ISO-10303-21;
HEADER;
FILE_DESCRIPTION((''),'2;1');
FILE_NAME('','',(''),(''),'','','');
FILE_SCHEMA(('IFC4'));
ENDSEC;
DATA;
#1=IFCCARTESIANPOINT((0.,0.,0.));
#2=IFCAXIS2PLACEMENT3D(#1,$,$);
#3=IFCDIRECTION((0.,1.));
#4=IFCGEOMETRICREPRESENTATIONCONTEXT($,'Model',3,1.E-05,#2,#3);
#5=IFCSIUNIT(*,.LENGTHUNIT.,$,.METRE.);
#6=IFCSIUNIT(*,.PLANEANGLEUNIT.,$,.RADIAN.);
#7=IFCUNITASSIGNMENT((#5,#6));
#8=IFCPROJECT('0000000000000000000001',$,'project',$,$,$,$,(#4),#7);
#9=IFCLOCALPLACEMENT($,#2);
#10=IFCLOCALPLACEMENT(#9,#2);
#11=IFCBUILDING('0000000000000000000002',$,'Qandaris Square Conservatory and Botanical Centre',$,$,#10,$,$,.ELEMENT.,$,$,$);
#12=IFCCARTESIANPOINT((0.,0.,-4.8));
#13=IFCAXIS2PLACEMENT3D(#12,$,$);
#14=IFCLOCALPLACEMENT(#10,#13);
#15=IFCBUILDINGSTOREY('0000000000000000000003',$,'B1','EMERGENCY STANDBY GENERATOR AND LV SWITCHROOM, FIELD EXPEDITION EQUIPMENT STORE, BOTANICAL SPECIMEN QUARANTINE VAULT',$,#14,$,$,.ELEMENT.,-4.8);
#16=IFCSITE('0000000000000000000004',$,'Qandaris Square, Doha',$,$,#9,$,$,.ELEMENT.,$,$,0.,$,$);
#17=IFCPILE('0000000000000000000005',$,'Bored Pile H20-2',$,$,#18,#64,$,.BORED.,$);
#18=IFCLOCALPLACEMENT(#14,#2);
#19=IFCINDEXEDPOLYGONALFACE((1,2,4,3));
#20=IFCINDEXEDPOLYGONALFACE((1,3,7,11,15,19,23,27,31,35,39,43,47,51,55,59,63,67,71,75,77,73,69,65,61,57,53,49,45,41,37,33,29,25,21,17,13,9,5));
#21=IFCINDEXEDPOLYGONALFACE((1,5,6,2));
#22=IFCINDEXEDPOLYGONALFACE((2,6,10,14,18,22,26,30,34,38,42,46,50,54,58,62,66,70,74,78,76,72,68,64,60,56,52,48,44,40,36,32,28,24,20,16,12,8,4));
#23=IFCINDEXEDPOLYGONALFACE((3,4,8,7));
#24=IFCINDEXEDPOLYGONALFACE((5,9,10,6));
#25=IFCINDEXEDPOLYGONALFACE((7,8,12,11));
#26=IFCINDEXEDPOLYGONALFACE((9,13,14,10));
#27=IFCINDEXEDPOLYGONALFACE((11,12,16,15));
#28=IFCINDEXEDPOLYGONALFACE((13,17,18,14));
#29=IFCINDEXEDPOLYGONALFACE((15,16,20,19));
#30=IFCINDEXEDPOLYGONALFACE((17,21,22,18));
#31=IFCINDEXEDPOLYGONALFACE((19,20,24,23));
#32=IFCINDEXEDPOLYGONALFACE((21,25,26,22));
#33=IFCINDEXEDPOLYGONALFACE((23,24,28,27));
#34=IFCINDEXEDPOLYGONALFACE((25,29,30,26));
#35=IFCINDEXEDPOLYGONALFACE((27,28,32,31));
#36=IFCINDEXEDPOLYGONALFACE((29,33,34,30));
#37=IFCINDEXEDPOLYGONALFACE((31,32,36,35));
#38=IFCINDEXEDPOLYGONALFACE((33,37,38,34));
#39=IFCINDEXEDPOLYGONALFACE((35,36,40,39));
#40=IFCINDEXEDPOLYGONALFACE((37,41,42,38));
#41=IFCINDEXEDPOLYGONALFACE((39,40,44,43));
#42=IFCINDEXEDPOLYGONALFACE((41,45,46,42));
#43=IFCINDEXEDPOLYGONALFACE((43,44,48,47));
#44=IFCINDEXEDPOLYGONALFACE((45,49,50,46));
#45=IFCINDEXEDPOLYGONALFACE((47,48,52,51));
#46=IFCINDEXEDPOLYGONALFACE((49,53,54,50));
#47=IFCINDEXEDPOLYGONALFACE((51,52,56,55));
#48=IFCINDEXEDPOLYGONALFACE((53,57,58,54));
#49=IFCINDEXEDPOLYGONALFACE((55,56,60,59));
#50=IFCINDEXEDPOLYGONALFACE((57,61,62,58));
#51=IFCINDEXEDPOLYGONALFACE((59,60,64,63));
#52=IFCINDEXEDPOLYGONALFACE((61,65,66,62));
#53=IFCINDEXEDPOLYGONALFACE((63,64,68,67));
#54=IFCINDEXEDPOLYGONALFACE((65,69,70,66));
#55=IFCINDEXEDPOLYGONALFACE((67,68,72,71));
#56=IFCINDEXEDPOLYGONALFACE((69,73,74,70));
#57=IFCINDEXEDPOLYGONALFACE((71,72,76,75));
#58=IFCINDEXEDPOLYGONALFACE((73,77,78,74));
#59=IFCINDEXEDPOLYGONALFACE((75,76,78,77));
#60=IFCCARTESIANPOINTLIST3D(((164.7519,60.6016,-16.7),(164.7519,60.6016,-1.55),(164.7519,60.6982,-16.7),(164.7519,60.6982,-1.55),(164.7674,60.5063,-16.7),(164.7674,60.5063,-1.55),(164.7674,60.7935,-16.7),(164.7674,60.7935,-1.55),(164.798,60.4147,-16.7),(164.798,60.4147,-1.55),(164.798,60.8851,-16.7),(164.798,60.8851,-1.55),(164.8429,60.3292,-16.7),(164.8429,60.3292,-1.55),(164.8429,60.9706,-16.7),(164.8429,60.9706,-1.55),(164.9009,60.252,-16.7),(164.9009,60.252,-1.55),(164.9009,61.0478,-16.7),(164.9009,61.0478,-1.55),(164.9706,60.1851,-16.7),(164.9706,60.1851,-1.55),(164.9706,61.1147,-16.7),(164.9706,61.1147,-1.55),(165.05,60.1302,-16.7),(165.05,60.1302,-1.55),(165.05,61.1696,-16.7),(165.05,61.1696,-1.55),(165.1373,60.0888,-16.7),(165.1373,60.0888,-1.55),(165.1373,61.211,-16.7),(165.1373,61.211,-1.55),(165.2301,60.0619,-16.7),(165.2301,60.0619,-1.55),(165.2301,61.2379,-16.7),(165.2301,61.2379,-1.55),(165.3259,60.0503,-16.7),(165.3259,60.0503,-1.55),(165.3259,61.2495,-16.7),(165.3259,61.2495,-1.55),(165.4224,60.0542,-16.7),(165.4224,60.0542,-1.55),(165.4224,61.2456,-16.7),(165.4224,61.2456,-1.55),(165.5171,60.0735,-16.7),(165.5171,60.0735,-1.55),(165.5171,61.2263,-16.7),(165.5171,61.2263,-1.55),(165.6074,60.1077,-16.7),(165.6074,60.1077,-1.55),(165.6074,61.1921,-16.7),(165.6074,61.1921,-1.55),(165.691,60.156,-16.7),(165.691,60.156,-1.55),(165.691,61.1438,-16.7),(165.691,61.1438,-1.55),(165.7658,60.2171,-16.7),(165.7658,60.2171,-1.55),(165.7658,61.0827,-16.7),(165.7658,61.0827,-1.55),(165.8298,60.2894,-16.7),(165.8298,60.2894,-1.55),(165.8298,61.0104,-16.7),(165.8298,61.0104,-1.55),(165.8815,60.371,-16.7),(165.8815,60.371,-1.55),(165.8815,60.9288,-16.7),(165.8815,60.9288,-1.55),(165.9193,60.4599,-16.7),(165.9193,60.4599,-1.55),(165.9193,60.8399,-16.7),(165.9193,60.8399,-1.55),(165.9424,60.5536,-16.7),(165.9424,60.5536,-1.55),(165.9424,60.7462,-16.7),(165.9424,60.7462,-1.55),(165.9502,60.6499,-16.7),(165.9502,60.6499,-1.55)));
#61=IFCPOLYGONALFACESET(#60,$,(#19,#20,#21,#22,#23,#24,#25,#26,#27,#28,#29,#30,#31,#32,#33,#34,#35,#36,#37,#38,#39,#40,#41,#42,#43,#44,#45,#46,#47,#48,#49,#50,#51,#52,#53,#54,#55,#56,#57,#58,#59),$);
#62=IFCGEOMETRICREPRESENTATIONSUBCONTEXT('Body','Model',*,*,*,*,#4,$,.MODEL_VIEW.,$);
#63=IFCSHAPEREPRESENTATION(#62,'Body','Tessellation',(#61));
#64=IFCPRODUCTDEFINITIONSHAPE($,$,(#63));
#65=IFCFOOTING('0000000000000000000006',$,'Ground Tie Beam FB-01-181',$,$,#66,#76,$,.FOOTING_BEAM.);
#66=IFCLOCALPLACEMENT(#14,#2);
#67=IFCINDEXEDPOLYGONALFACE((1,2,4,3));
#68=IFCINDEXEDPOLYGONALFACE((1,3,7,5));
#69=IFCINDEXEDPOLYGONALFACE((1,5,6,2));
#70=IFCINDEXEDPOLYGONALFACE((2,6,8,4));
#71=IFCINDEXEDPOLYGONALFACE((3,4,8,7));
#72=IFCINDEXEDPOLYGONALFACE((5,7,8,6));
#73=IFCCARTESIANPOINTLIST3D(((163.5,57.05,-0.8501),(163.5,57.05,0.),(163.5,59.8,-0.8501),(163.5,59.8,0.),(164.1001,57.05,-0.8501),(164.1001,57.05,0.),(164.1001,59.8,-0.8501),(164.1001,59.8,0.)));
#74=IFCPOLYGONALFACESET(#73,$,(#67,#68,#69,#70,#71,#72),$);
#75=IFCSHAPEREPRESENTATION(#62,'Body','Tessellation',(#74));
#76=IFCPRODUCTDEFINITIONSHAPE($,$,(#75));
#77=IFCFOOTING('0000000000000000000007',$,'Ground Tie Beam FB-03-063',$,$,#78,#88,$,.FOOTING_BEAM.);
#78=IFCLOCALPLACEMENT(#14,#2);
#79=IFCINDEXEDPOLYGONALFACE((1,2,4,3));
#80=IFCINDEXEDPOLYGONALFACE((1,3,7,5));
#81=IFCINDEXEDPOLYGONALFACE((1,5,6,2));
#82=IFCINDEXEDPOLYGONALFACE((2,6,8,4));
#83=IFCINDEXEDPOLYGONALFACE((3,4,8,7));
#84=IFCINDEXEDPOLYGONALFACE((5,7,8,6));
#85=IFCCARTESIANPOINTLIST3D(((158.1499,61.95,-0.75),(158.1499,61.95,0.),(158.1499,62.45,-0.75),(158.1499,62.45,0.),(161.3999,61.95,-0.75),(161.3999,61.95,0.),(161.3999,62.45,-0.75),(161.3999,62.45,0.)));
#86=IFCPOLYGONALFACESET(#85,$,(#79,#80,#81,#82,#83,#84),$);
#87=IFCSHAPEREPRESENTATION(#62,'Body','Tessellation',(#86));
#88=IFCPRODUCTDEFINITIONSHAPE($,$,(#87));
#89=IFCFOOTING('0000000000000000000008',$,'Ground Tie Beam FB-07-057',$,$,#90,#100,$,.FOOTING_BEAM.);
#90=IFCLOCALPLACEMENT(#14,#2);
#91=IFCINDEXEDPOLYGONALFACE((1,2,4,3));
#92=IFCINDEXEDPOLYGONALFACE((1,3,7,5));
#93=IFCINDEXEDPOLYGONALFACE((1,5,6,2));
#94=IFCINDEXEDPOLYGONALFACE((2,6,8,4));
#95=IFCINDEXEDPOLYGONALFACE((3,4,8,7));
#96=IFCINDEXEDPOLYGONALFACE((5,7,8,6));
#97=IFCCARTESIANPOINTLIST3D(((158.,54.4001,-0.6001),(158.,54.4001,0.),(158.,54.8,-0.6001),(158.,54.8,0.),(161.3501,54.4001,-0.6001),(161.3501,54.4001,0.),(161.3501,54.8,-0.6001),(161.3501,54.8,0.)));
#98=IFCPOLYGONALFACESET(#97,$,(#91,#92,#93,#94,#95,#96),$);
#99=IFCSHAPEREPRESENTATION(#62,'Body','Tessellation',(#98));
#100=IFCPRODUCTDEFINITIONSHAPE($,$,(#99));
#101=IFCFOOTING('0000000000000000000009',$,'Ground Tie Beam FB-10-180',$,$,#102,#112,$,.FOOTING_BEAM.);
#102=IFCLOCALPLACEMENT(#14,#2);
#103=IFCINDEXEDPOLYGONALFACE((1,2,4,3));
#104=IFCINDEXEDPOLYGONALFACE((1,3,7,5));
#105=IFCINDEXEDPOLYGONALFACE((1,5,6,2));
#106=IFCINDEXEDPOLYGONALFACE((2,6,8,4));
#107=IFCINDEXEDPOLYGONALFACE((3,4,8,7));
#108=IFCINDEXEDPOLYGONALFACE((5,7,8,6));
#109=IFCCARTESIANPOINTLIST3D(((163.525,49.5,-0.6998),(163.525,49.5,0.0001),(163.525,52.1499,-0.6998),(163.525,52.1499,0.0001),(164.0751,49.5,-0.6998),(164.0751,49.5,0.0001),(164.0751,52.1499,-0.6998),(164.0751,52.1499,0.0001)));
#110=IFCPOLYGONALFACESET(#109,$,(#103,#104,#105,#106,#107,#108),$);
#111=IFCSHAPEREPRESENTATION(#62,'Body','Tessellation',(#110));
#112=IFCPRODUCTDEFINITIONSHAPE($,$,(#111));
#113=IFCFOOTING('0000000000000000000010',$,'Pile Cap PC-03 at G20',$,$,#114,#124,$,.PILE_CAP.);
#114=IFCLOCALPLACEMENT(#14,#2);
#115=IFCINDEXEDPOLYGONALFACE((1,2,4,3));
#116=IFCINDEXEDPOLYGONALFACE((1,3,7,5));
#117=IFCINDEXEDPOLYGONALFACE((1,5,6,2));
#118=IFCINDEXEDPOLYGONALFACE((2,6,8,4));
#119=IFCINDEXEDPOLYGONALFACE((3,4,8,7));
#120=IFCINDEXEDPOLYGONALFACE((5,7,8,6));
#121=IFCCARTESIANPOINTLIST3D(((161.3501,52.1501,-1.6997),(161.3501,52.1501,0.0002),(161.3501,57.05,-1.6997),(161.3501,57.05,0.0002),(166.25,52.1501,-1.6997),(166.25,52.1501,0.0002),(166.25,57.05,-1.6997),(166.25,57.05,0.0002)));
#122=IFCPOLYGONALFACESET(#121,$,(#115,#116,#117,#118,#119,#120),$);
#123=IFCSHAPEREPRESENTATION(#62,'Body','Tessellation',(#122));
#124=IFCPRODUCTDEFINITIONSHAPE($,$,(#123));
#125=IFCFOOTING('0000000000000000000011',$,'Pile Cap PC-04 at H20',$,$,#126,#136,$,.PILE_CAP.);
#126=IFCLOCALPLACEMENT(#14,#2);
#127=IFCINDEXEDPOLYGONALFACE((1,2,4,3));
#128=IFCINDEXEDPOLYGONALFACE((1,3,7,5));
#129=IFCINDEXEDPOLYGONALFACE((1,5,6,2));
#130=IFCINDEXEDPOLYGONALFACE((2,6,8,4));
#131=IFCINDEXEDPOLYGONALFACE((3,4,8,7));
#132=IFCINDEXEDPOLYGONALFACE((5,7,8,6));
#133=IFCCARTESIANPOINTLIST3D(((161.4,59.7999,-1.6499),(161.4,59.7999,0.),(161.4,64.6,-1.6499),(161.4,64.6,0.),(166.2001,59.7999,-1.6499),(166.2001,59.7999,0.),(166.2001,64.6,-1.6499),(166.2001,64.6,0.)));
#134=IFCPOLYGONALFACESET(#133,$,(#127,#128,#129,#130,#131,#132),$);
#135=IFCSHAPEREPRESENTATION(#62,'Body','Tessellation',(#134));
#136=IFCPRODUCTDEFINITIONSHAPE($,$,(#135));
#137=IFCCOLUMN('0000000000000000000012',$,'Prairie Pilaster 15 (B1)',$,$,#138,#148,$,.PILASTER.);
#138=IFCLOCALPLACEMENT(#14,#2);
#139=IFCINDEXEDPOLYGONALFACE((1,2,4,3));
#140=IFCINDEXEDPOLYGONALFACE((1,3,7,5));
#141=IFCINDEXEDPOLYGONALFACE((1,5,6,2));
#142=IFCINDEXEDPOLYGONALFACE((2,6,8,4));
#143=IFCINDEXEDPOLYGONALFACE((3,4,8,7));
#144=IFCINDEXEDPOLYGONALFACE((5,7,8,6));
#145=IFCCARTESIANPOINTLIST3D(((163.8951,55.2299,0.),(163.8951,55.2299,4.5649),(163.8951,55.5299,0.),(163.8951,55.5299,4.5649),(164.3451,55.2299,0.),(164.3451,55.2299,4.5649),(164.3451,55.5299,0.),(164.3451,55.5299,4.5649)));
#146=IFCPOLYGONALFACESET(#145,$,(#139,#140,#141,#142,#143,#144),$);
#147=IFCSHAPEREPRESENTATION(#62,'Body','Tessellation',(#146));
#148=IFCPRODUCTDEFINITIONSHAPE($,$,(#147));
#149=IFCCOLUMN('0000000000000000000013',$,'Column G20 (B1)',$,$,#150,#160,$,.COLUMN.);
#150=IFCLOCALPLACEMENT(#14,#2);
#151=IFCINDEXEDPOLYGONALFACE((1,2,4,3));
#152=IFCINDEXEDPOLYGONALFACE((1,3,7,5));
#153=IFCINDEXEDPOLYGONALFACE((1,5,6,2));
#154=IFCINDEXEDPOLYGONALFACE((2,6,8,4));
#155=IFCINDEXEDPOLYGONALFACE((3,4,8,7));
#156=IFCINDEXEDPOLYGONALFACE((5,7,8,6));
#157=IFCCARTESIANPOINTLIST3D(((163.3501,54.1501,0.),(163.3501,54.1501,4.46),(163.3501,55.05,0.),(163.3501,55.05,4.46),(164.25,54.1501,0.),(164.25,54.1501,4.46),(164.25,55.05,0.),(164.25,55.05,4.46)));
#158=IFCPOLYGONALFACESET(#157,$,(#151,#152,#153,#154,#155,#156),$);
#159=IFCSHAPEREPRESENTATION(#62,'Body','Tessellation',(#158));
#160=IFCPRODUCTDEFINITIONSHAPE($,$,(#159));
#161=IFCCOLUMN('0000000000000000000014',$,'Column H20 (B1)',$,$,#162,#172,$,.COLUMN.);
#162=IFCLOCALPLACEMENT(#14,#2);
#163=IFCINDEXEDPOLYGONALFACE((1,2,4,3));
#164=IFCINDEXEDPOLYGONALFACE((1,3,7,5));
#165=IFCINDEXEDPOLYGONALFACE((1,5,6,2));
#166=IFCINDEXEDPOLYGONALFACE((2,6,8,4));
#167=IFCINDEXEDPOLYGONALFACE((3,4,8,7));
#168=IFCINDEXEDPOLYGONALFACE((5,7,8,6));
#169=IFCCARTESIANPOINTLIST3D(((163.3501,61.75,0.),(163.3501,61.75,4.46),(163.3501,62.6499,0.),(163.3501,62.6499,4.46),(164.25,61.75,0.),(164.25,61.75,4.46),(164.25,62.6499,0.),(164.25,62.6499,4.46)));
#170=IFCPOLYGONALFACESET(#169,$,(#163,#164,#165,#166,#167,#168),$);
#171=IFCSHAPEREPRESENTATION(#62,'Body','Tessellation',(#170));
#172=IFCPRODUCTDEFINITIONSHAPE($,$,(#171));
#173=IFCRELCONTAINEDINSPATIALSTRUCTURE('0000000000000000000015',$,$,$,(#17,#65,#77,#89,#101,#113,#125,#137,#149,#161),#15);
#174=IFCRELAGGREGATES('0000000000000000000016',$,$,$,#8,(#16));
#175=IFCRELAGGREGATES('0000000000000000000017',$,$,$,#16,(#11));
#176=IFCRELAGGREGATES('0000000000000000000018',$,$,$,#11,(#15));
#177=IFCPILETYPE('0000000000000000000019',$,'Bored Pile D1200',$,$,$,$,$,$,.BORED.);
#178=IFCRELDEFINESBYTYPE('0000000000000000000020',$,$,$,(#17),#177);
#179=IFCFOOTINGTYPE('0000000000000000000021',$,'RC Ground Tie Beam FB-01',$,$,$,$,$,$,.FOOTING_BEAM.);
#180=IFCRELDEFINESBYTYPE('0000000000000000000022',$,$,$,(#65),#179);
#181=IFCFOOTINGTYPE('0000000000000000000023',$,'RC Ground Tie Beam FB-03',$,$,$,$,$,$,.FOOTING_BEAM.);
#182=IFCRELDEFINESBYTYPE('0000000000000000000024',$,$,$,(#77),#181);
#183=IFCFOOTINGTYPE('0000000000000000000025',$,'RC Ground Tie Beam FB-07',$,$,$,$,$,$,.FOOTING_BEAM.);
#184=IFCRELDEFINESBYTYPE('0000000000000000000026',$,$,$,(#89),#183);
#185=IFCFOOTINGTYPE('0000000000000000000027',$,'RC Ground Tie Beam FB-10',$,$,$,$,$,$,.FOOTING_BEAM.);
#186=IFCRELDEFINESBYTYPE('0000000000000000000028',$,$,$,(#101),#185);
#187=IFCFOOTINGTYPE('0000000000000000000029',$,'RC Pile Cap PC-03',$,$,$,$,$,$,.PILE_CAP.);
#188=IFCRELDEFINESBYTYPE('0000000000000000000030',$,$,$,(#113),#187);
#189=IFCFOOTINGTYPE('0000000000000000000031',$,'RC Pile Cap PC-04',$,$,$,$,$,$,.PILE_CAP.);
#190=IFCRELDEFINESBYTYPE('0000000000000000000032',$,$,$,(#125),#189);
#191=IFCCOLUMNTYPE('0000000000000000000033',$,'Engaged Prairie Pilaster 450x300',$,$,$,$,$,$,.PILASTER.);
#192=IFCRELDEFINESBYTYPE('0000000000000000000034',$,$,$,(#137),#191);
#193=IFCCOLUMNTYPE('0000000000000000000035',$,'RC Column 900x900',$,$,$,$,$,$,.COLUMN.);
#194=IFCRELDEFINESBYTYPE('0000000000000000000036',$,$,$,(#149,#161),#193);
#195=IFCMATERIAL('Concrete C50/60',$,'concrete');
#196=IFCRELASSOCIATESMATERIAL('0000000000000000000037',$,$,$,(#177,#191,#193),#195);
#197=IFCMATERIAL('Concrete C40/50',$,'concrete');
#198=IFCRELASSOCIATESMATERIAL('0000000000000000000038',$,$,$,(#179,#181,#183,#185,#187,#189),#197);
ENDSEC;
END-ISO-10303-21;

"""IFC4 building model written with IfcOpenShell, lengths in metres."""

from ifc_helpers import new_model, si_unit, direction, frame, origin, origin_2d, place, context, subcontext, project, spatial, rectangle, circle, extrude, material, material_profile, profile_set, type_object, element, save


model = new_model("IFC4")

# Units and contexts
model_context = context("Model", 3, precision=1e-05, world=origin(), true_north=direction((0.0, 1.0)))
body_context = subcontext(model_context, "Body", "Model", "MODEL_VIEW")
ifc_project = project(units=[si_unit("LENGTHUNIT", "METRE"), si_unit("PLANEANGLEUNIT", "RADIAN")], contexts=[model_context])

# Site, building, storey
site_placement = place(None, origin())
site = spatial("IfcSite", under=ifc_project, at=site_placement, Name="Qandaris Square, Doha", CompositionType="ELEMENT", RefElevation=0.0)
building_placement = place(site_placement, origin())
building = spatial("IfcBuilding", under=site, at=building_placement, Name="Qandaris Square Conservatory and Botanical Centre", CompositionType="ELEMENT")
storey_placement = place(building_placement, frame((0.0, 0.0, -4.8)))
storey = spatial("IfcBuildingStorey", under=building, at=storey_placement, Name="B1", Description="EMERGENCY STANDBY GENERATOR AND LV SWITCHROOM, FIELD EXPEDITION EQUIPMENT STORE, BOTANICAL SPECIMEN QUARANTINE VAULT", CompositionType="ELEMENT", Elevation=-4.8)

# Pile
ifc_material_1 = material(Name="Concrete C50/60", Category="concrete")
ifc_material_profile_1 = material_profile(ifc_material_1, circle(Radius=0.6001, at=origin_2d()), Name="PILE D1200")
ifc_profile_set_1 = profile_set([ifc_material_profile_1], Name="Concrete C50/60")
pile_type = type_object("IfcPileType", Name="Bored Pile D1200", PredefinedType="BORED", material=ifc_profile_set_1)
for number, where, z_axis, x_axis, name in (
    (1, (165.3501, 60.6499, -1.55), (0.0, 0.0, -1.0), (1.0, 0.0, 0.0), "Bored Pile H20-2"),
):
    element("IfcPile", number, at=place(storey_placement, frame(where, z_axis=z_axis, x_axis=x_axis)), inside=storey, type_object=pile_type, Name=name, PredefinedType="BORED", context=body_context, shape_type="SweptSolid", body=[
        extrude(circle(Radius=0.6001, at=origin_2d()), origin(), (0.0, 0.0, 1.0), 15.1499),
    ])

# Footings
ifc_material_2 = material(Name="Concrete C40/50", Category="concrete")
ifc_material_profile_2 = material_profile(ifc_material_2, rectangle(XDim=0.6001, YDim=0.8501, at=origin_2d()), Name="FB 600x850")
ifc_profile_set_2 = profile_set([ifc_material_profile_2], Name="Concrete C40/50")
footing_type_1 = type_object("IfcFootingType", Name="RC Ground Tie Beam FB-01", PredefinedType="FOOTING_BEAM", material=ifc_profile_set_2)
footing_1_placement = place(storey_placement, frame((163.8, 57.05, -0.425), z_axis=(0.0, 1.0, 0.0), x_axis=(-1.0, 0.0, 0.0)))
element("IfcFooting", 2, at=footing_1_placement, inside=storey, type_object=footing_type_1, Name="Ground Tie Beam FB-01-181", PredefinedType="FOOTING_BEAM", context=body_context, shape_type="SweptSolid", body=[
    extrude(rectangle(XDim=0.6001, YDim=0.8501, at=origin_2d()), origin(), (0.0, 0.0, 1.0), 2.75),
])
ifc_material_profile_3 = material_profile(ifc_material_2, rectangle(XDim=0.5, YDim=0.75, at=origin_2d()), Name="FB 500x750")
ifc_profile_set_3 = profile_set([ifc_material_profile_3], Name="Concrete C40/50")
footing_type_2 = type_object("IfcFootingType", Name="RC Ground Tie Beam FB-03", PredefinedType="FOOTING_BEAM", material=ifc_profile_set_3)
footing_2_placement = place(storey_placement, frame((158.1499, 62.2, -0.375), z_axis=(1.0, 0.0, 0.0), x_axis=(0.0, 1.0, 0.0)))
element("IfcFooting", 3, at=footing_2_placement, inside=storey, type_object=footing_type_2, Name="Ground Tie Beam FB-03-063", PredefinedType="FOOTING_BEAM", context=body_context, shape_type="SweptSolid", body=[
    extrude(rectangle(XDim=0.5, YDim=0.75, at=origin_2d()), origin(), (0.0, 0.0, 1.0), 3.25),
])
ifc_material_profile_4 = material_profile(ifc_material_2, rectangle(XDim=0.3999, YDim=0.6001, at=origin_2d()), Name="FB 400x600")
ifc_profile_set_4 = profile_set([ifc_material_profile_4], Name="Concrete C40/50")
footing_type_3 = type_object("IfcFootingType", Name="RC Ground Tie Beam FB-07", PredefinedType="FOOTING_BEAM", material=ifc_profile_set_4)
footing_3_placement = place(storey_placement, frame((158.0, 54.6001, -0.3), z_axis=(1.0, 0.0, 0.0), x_axis=(0.0, 1.0, 0.0)))
element("IfcFooting", 4, at=footing_3_placement, inside=storey, type_object=footing_type_3, Name="Ground Tie Beam FB-07-057", PredefinedType="FOOTING_BEAM", context=body_context, shape_type="SweptSolid", body=[
    extrude(rectangle(XDim=0.3999, YDim=0.6001, at=origin_2d()), origin(), (0.0, 0.0, 1.0), 3.3501),
])
ifc_material_profile_5 = material_profile(ifc_material_2, rectangle(XDim=0.55, YDim=0.7, at=origin_2d()), Name="FB 550x700")
ifc_profile_set_5 = profile_set([ifc_material_profile_5], Name="Concrete C40/50")
footing_type_4 = type_object("IfcFootingType", Name="RC Ground Tie Beam FB-10", PredefinedType="FOOTING_BEAM", material=ifc_profile_set_5)
footing_4_placement = place(storey_placement, frame((163.8, 49.5, -0.3499), z_axis=(0.0, 1.0, 0.0), x_axis=(-1.0, 0.0, 0.0)))
element("IfcFooting", 5, at=footing_4_placement, inside=storey, type_object=footing_type_4, Name="Ground Tie Beam FB-10-180", PredefinedType="FOOTING_BEAM", context=body_context, shape_type="SweptSolid", body=[
    extrude(rectangle(XDim=0.55, YDim=0.7, at=origin_2d()), origin(), (0.0, 0.0, 1.0), 2.6499),
])
footing_type_5 = type_object("IfcFootingType", Name="RC Pile Cap PC-03", PredefinedType="PILE_CAP", material=ifc_material_2)
footing_5_placement = place(storey_placement, frame((163.8, 54.6001, -1.6997), z_axis=(0.0, 0.0, 1.0), x_axis=(1.0, 0.0, 0.0)))
element("IfcFooting", 6, at=footing_5_placement, inside=storey, type_object=footing_type_5, Name="Pile Cap PC-03 at G20", PredefinedType="PILE_CAP", context=body_context, shape_type="SweptSolid", body=[
    extrude(rectangle(XDim=4.8999, YDim=4.8999, at=origin_2d()), origin(), (0.0, 0.0, 1.0), 1.7),
])
footing_type_6 = type_object("IfcFootingType", Name="RC Pile Cap PC-04", PredefinedType="PILE_CAP", material=ifc_material_2)
footing_6_placement = place(storey_placement, frame((163.8, 62.2, -1.6499), z_axis=(0.0, 0.0, 1.0), x_axis=(1.0, 0.0, 0.0)))
element("IfcFooting", 7, at=footing_6_placement, inside=storey, type_object=footing_type_6, Name="Pile Cap PC-04 at H20", PredefinedType="PILE_CAP", context=body_context, shape_type="SweptSolid", body=[
    extrude(rectangle(XDim=4.8, YDim=4.8, at=origin_2d()), origin(), (0.0, 0.0, 1.0), 1.6499),
])

# Columns
ifc_material_profile_6 = material_profile(ifc_material_1, rectangle(XDim=0.45, YDim=0.3, at=origin_2d()), Name="RC-PIL 450x300")
ifc_profile_set_6 = profile_set([ifc_material_profile_6], Name="Concrete C50/60")
column_type_1 = type_object("IfcColumnType", Name="Engaged Prairie Pilaster 450x300", PredefinedType="PILASTER", material=ifc_profile_set_6)
column_placement = place(storey_placement, frame((164.1201, 55.3799, 0.0), z_axis=(0.0, 0.0, 1.0), x_axis=(1.0, 0.0, 0.0)))
element("IfcColumn", 8, at=column_placement, inside=storey, type_object=column_type_1, Name="Prairie Pilaster 15 (B1)", PredefinedType="PILASTER", context=body_context, shape_type="SweptSolid", body=[
    extrude(rectangle(XDim=0.45, YDim=0.3, at=origin_2d()), origin(), (0.0, 0.0, 1.0), 4.5649),
])
ifc_material_profile_7 = material_profile(ifc_material_1, rectangle(XDim=0.8999, YDim=0.8999, at=origin_2d()), Name="RC-COL 900x900")
ifc_profile_set_7 = profile_set([ifc_material_profile_7], Name="Concrete C50/60")
column_type_2 = type_object("IfcColumnType", Name="RC Column 900x900", PredefinedType="COLUMN", material=ifc_profile_set_7)
for number, where, z_axis, x_axis, name in (
    (9, (163.8, 54.6001, 0.0), (0.0, 0.0, 1.0), (1.0, 0.0, 0.0), "Column G20 (B1)"),
    (10, (163.8, 62.2, 0.0), (0.0, 0.0, 1.0), (1.0, 0.0, 0.0), "Column H20 (B1)"),
):
    element("IfcColumn", number, at=place(storey_placement, frame(where, z_axis=z_axis, x_axis=x_axis)), inside=storey, type_object=column_type_2, Name=name, PredefinedType="COLUMN", context=body_context, shape_type="SweptSolid", body=[
        extrude(rectangle(XDim=0.8999, YDim=0.8999, at=origin_2d()), origin(), (0.0, 0.0, 1.0), 4.46),
    ])

save(model, "model.ifc")
